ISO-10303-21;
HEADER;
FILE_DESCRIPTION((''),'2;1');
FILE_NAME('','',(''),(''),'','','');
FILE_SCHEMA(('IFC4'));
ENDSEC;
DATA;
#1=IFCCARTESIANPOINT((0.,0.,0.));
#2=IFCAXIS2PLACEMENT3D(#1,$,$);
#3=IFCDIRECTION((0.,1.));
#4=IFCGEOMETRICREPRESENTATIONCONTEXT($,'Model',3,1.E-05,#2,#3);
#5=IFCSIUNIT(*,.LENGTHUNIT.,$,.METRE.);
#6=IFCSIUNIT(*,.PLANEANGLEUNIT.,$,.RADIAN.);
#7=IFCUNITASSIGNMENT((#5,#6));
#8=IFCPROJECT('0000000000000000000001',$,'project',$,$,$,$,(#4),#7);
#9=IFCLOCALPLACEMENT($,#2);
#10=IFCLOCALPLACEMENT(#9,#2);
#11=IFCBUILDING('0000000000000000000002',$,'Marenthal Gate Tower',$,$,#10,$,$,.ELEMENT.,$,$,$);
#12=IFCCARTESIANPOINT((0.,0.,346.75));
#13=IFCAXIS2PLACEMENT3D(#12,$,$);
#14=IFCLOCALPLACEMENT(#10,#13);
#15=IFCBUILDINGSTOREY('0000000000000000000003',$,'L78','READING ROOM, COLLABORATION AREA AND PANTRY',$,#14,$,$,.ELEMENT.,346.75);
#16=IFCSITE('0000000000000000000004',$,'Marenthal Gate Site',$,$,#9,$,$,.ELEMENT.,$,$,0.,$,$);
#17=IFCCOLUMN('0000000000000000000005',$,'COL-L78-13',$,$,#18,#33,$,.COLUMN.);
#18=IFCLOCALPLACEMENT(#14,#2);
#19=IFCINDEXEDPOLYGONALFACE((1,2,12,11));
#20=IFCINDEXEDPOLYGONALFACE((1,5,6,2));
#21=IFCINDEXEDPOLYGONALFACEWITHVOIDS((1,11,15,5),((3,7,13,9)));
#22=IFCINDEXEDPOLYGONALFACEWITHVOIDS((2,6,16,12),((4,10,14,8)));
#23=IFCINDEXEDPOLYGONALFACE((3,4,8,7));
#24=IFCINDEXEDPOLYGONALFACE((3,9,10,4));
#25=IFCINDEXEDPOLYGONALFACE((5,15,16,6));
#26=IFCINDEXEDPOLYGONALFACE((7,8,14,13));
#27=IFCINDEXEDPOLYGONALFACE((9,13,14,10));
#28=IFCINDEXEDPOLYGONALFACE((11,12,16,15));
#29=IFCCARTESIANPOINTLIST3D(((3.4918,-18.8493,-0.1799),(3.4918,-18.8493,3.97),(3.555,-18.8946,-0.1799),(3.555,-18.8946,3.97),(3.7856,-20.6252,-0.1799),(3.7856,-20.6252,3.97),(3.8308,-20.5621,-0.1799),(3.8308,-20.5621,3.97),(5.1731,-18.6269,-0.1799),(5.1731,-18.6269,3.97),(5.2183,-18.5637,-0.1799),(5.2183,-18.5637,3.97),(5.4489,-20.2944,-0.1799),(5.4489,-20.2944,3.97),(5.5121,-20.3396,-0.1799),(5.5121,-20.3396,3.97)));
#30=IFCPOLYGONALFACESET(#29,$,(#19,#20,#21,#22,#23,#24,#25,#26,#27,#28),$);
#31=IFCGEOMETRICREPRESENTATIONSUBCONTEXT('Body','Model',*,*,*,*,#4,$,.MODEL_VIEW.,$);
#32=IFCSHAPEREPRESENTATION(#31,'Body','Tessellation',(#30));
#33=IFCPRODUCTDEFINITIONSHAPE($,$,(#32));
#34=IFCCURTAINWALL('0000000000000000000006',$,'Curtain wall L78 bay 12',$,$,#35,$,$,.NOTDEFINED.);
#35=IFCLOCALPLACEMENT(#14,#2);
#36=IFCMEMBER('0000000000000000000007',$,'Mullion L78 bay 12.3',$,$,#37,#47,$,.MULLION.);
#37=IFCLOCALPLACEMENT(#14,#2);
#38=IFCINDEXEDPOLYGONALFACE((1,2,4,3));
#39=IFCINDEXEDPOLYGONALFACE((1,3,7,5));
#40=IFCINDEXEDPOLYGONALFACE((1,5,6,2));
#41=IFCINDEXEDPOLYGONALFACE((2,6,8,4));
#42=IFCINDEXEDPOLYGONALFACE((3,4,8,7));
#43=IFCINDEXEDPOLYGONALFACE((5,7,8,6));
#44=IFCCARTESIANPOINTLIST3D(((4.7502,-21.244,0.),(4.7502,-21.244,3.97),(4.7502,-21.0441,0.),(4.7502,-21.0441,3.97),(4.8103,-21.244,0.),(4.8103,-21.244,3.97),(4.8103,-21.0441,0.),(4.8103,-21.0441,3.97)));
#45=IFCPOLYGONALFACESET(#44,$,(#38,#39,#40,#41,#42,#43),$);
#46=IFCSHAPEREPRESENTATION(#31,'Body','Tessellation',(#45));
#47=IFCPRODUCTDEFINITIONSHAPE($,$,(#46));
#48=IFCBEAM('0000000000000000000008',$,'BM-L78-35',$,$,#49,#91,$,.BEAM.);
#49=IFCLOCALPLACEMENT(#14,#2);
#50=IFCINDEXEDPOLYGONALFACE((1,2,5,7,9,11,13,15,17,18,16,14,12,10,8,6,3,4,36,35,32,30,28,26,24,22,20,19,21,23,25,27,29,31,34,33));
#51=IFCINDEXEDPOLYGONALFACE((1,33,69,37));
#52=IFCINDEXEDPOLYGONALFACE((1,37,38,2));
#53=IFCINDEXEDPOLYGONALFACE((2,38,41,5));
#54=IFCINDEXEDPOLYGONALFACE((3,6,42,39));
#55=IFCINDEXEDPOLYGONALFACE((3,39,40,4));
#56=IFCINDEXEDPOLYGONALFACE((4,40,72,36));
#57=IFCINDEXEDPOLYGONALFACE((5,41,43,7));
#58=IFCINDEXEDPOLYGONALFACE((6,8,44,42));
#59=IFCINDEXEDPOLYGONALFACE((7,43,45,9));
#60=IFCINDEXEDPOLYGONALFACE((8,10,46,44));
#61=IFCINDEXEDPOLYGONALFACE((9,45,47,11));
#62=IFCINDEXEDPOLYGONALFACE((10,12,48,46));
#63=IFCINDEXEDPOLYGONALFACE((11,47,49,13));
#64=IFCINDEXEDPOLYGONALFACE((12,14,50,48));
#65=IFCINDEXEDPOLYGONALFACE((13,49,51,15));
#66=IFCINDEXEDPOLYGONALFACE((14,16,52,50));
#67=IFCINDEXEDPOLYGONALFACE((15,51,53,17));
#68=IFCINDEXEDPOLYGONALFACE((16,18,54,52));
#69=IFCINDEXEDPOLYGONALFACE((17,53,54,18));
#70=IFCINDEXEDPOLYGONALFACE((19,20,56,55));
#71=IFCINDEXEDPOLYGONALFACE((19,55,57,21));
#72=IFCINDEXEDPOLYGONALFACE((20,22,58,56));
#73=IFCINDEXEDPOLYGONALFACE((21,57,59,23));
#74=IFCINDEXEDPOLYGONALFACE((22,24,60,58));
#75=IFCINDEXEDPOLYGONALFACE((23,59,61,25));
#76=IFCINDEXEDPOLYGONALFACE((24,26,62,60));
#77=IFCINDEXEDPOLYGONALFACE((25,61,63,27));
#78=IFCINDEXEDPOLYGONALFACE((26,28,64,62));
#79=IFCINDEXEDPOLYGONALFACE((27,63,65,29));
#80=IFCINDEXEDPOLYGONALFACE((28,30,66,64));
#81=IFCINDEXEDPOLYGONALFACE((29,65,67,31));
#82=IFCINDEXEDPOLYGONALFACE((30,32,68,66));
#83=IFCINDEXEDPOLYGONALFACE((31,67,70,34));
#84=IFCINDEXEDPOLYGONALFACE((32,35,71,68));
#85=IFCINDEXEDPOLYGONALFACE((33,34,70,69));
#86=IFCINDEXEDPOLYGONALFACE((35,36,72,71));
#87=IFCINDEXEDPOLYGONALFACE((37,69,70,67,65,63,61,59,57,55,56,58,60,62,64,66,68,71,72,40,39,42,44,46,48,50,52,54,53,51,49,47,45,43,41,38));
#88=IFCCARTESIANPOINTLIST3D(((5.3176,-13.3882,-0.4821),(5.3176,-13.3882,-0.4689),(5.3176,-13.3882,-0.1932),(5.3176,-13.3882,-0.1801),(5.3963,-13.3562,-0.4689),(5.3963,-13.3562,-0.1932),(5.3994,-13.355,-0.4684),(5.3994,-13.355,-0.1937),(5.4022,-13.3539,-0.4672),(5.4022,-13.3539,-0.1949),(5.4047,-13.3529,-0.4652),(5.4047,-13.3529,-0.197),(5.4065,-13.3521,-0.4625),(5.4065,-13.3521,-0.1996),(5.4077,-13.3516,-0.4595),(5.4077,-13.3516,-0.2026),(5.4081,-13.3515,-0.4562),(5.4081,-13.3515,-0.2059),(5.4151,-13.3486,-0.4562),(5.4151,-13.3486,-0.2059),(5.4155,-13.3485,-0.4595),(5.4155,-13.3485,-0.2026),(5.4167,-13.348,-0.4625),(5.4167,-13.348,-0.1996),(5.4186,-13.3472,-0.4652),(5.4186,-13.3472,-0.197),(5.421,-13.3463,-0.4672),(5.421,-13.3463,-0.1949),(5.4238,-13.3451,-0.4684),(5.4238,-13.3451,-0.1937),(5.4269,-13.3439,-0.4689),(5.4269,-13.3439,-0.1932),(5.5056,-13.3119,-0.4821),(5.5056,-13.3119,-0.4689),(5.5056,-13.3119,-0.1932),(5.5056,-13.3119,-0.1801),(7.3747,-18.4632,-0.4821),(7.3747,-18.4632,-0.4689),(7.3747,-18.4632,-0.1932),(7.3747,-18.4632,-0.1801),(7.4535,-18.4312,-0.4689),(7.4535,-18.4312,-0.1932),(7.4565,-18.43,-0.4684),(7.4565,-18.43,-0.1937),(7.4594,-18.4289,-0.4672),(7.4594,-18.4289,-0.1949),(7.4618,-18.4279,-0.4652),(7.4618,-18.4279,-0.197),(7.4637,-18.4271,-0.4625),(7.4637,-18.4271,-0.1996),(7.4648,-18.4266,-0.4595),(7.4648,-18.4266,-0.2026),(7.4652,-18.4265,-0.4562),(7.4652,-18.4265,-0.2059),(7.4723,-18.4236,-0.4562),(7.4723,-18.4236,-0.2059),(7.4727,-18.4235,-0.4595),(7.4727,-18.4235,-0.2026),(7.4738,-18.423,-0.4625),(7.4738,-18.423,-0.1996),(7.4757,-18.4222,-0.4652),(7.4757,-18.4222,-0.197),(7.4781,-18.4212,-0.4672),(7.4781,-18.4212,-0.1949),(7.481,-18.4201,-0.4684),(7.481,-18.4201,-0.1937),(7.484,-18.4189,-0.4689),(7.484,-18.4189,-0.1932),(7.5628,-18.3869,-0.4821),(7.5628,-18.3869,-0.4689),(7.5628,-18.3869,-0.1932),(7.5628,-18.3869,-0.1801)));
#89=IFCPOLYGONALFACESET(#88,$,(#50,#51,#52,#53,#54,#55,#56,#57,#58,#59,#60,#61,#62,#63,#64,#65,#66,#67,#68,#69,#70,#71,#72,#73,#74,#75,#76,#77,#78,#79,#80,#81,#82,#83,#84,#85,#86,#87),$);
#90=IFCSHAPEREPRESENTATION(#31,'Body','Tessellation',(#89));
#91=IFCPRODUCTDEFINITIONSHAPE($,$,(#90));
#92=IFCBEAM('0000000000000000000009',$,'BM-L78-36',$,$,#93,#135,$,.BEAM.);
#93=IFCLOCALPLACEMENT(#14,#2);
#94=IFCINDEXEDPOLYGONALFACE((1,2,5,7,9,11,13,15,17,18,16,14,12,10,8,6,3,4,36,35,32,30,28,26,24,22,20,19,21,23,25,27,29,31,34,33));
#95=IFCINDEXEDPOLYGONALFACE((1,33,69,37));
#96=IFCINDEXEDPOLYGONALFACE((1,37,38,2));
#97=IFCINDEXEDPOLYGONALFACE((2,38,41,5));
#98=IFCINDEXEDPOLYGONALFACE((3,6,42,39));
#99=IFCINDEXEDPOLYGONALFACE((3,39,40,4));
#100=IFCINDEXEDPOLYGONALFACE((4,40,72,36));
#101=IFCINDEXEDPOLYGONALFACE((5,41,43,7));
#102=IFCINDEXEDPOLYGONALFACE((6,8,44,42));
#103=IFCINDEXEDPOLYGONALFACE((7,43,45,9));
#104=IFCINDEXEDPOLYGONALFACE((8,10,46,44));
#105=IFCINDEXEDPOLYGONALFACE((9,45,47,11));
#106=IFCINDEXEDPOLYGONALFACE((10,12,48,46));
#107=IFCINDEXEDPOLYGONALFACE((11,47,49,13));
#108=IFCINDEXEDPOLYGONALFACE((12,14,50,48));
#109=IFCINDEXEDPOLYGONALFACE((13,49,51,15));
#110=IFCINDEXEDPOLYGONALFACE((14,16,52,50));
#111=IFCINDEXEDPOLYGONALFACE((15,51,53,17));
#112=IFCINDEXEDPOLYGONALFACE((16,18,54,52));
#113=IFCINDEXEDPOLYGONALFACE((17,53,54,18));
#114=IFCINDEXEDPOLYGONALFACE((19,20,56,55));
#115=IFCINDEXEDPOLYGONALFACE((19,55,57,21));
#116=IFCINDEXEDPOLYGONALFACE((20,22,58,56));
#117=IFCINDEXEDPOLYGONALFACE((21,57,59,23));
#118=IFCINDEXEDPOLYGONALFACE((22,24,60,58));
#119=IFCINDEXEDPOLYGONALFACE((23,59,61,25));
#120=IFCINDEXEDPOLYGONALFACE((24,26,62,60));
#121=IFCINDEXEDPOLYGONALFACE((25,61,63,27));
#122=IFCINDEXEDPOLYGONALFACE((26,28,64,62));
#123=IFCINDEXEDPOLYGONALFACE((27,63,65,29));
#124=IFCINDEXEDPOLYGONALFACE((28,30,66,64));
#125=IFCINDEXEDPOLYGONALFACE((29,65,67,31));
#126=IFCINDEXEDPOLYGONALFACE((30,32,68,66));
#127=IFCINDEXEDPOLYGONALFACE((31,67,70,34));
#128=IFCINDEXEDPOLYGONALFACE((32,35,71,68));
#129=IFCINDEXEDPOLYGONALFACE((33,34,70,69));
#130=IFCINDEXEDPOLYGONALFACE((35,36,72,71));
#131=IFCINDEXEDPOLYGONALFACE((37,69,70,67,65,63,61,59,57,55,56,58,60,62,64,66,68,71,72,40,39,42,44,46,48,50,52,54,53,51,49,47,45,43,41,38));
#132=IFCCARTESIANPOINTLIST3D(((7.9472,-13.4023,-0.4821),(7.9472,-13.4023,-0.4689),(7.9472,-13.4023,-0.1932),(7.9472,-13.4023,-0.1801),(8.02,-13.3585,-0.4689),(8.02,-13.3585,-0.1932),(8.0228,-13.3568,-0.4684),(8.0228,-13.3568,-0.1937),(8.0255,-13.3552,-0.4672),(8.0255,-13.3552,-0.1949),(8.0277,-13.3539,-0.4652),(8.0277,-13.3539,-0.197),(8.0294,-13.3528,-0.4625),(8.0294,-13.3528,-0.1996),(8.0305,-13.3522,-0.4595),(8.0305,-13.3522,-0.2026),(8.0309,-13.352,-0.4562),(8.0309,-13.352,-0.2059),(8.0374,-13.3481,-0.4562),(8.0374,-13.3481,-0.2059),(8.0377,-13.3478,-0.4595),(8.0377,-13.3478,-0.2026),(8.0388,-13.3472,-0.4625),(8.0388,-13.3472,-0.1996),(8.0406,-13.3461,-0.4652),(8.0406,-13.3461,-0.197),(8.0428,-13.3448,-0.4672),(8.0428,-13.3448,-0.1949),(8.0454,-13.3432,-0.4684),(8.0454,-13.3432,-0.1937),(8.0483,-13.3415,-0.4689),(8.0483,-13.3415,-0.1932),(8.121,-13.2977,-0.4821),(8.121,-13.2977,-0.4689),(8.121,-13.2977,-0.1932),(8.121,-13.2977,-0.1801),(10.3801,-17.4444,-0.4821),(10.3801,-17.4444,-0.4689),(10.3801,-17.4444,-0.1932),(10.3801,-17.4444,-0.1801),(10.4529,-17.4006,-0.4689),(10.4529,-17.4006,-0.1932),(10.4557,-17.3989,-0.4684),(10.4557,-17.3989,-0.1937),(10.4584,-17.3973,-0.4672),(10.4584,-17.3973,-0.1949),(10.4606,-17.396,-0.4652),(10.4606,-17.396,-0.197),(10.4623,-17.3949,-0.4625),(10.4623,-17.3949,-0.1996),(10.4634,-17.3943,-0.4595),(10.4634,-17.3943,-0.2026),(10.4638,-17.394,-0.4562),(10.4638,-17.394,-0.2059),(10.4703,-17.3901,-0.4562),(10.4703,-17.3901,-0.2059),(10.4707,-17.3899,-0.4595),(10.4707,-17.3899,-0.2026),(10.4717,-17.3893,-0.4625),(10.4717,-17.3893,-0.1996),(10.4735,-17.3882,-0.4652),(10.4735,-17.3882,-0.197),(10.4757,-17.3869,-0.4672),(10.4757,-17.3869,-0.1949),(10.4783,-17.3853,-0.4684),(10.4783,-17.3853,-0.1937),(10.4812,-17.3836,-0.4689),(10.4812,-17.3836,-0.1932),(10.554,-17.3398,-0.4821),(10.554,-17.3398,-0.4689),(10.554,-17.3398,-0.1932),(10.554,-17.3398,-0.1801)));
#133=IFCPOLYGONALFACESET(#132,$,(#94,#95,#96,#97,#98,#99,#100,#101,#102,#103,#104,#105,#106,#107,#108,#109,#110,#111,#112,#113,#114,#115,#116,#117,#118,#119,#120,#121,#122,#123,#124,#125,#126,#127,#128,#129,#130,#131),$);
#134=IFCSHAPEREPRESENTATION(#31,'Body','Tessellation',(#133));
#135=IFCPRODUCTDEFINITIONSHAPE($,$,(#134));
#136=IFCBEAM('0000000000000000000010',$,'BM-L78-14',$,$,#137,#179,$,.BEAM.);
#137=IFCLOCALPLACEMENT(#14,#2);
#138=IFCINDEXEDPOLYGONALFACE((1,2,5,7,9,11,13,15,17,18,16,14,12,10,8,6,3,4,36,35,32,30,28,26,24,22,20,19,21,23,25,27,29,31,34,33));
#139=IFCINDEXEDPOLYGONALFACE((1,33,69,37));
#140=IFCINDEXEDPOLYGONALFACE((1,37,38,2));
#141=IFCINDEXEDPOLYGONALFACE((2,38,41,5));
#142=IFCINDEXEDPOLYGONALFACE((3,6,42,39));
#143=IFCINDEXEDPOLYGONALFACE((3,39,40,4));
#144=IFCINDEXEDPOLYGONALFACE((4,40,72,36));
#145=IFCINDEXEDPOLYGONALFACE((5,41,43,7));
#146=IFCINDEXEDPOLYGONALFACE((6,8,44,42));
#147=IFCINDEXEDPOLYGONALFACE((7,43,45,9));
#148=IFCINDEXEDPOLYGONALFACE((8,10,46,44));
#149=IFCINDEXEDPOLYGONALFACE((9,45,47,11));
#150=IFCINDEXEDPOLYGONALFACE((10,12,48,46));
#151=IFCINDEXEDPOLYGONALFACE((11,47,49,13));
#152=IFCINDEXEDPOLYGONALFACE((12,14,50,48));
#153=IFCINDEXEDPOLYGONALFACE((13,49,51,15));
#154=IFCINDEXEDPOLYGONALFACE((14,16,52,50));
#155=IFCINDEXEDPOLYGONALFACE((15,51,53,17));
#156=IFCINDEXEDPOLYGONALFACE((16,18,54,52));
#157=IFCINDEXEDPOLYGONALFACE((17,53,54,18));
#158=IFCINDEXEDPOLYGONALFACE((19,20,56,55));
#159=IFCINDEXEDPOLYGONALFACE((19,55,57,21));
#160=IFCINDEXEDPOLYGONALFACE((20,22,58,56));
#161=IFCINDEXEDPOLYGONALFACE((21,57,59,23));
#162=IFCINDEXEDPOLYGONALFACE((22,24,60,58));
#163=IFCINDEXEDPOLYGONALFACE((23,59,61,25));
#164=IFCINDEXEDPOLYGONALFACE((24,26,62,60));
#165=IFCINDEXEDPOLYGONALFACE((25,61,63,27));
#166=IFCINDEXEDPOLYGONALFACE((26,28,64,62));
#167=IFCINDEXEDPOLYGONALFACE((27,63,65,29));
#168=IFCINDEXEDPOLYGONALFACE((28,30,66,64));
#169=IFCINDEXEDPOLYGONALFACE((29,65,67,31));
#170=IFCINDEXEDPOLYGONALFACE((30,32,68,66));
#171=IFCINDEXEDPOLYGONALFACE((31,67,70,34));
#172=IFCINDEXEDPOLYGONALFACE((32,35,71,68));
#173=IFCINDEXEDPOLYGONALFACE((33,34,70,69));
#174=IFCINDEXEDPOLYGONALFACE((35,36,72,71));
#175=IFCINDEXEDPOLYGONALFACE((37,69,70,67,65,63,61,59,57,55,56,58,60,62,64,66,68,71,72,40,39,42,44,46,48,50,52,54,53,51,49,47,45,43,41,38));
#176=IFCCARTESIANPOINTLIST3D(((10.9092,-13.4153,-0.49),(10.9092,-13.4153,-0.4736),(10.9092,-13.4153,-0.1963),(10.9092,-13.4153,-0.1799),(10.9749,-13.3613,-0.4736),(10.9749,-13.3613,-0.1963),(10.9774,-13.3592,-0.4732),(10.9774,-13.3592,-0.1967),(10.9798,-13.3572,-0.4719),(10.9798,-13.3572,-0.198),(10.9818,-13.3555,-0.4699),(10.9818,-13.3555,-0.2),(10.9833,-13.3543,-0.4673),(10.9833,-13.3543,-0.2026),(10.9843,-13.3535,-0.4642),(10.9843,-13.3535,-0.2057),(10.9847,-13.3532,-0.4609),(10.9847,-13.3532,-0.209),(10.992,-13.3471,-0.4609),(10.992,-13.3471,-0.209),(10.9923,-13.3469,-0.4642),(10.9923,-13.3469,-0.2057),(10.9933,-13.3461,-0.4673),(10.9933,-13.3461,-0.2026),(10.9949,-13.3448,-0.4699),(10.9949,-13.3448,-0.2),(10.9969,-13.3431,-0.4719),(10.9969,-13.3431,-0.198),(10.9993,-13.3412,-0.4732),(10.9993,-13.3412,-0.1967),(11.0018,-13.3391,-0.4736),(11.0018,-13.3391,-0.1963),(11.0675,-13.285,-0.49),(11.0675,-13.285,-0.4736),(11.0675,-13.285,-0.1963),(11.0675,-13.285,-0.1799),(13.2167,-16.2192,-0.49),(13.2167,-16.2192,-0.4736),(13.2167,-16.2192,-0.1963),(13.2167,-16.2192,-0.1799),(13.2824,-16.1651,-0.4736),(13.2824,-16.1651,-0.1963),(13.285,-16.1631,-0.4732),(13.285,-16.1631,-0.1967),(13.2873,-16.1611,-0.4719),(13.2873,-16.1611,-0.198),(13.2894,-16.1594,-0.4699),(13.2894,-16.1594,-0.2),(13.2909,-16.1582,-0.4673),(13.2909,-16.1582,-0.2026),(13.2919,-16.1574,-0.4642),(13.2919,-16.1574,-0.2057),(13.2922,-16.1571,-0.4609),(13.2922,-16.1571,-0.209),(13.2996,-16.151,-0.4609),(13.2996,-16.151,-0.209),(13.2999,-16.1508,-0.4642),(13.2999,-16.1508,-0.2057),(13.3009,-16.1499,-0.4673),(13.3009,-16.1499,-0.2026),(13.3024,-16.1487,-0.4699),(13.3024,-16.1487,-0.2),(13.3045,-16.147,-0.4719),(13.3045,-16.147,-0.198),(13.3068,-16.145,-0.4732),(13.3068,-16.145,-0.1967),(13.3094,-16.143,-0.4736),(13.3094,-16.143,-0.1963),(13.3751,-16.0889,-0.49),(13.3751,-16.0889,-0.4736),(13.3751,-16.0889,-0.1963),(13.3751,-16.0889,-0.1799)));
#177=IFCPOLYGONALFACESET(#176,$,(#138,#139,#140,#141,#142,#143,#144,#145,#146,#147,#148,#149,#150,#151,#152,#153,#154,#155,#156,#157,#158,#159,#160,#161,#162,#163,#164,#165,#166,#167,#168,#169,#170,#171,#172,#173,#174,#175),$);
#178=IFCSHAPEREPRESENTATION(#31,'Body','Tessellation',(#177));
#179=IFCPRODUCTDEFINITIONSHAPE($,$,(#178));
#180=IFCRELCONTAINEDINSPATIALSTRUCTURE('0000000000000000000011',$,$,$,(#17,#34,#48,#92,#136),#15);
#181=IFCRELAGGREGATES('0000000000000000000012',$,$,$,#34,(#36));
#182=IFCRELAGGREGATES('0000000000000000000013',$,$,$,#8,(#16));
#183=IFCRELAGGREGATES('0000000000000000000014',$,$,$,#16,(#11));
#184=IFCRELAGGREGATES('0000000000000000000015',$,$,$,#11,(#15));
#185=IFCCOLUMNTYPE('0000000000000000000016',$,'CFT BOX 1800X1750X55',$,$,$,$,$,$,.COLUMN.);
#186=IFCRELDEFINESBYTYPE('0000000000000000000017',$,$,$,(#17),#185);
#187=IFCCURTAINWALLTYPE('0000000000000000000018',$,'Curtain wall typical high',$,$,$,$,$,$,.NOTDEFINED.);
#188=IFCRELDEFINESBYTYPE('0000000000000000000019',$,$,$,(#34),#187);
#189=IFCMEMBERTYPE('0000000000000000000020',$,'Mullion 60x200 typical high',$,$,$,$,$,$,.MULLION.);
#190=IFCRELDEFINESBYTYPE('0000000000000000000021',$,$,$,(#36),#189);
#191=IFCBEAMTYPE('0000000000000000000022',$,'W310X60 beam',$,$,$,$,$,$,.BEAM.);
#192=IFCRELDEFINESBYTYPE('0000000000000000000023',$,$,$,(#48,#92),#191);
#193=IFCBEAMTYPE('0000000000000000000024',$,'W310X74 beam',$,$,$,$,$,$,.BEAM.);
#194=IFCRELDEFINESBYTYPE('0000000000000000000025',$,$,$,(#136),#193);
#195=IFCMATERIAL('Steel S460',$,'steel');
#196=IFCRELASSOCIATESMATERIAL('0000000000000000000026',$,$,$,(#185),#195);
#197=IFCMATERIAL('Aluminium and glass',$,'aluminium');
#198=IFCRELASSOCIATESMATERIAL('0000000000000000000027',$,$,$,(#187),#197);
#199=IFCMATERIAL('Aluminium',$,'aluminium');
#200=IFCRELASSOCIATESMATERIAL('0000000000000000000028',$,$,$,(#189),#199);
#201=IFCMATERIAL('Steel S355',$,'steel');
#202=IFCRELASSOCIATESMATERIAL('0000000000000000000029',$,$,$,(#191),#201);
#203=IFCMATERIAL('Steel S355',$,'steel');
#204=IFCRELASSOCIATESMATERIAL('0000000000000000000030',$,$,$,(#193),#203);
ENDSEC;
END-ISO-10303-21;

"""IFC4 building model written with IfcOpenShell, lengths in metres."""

from ifc_helpers import new_model, si_unit, direction, frame, origin, origin_2d, place, context, subcontext, project, spatial, rectangle, hollow_rectangle, i_section, extrude, material, material_profile, profile_set, type_object, element, aggregate, save


model = new_model("IFC4")

# Units and contexts
model_context = context("Model", 3, precision=1e-05, world=origin(), true_north=direction((0.0, 1.0)))
body_context = subcontext(model_context, "Body", "Model", "MODEL_VIEW")
ifc_project = project(units=[si_unit("LENGTHUNIT", "METRE"), si_unit("PLANEANGLEUNIT", "RADIAN")], contexts=[model_context])

# Site, building, storey
site_placement = place(None, origin())
site = spatial("IfcSite", under=ifc_project, at=site_placement, Name="Marenthal Gate Site", CompositionType="ELEMENT", RefElevation=0.0)
building_placement = place(site_placement, origin())
building = spatial("IfcBuilding", under=site, at=building_placement, Name="Marenthal Gate Tower", CompositionType="ELEMENT")
storey_placement = place(building_placement, frame((0.0, 0.0, 346.75)))
storey = spatial("IfcBuildingStorey", under=building, at=storey_placement, Name="L78", Description="READING ROOM, COLLABORATION AREA AND PANTRY", CompositionType="ELEMENT", Elevation=346.75)

# Column
ifc_material_1 = material(Name="Steel S460", Category="steel")
ifc_material_profile_1 = material_profile(ifc_material_1, hollow_rectangle(XDim=1.75, YDim=1.8, WallThickness=0.0549, at=origin_2d()), Name="CFT BOX 1800X1750X55")
ifc_material_2 = material(Name="Concrete 70 MPa", Category="concrete")
ifc_material_profile_2 = material_profile(ifc_material_2, rectangle(XDim=1.6399, YDim=1.6899, at=origin_2d()), Name="CFT BOX 1800X1750X55 INFILL")
ifc_profile_set_1 = profile_set([ifc_material_profile_1, ifc_material_profile_2], Name="Steel S460 shell, Concrete 70 MPa infill")
column_type = type_object("IfcColumnType", Name="CFT BOX 1800X1750X55", PredefinedType="COLUMN", material=ifc_profile_set_1)
column_placement = place(storey_placement, frame((4.502, -19.5945, -0.1799), z_axis=(0.0, 0.0, 1.0), x_axis=(-0.986593, -0.1632, 0.0)))
element("IfcColumn", 1, at=column_placement, inside=storey, type_object=column_type, Name="COL-L78-13", PredefinedType="COLUMN", context=body_context, shape_type="SweptSolid", body=[
    extrude(hollow_rectangle(XDim=1.75, YDim=1.8, WallThickness=0.0549, at=origin_2d()), origin(), (0.0, 0.0, 1.0), 4.1499),
])

# Curtain wall, member
ifc_material_3 = material(Name="Aluminium and glass", Category="aluminium")
curtain_wall_type = type_object("IfcCurtainWallType", Name="Curtain wall typical high", PredefinedType="NOTDEFINED", material=ifc_material_3)
curtain_wall_placement = place(storey_placement, origin())
curtain_wall = element("IfcCurtainWall", 2, at=curtain_wall_placement, inside=storey, type_object=curtain_wall_type, Name="Curtain wall L78 bay 12", PredefinedType="NOTDEFINED")
ifc_material_4 = material(Name="Aluminium", Category="aluminium")
ifc_material_profile_3 = material_profile(ifc_material_4, rectangle(XDim=0.2, YDim=0.0601, at=origin_2d()), Name="60x200 aluminium mullion")
ifc_profile_set_2 = profile_set([ifc_material_profile_3], Name="Aluminium")
member_type = type_object("IfcMemberType", Name="Mullion 60x200 typical high", PredefinedType="MULLION", material=ifc_profile_set_2)
member_placement = place(storey_placement, frame((4.7803, -21.144, 0.0), z_axis=(0.0, 0.0, 1.0), x_axis=(0.0, 1.0, 0.0)))
member = element("IfcMember", 3, at=member_placement, type_object=member_type, Name="Mullion L78 bay 12.3", PredefinedType="MULLION", context=body_context, shape_type="SweptSolid", body=[
    extrude(rectangle(XDim=0.2, YDim=0.0601, at=origin_2d()), origin(), (0.0, 0.0, 1.0), 3.97),
])

# Beams
ifc_material_5 = material(Name="Steel S355", Category="steel")
ifc_material_profile_4 = material_profile(ifc_material_5, i_section(OverallWidth=0.2029, OverallDepth=0.302, WebThickness=0.0076, FlangeThickness=0.0132, FilletRadius=0.0127, at=origin_2d()), Name="W310X60")
ifc_profile_set_3 = profile_set([ifc_material_profile_4], Name="Steel S355")
beam_type_1 = type_object("IfcBeamType", Name="W310X60 beam", PredefinedType="BEAM", material=ifc_profile_set_3)
beam_1_placement = place(storey_placement, frame((7.4688, -18.425, -0.3311), z_axis=(-0.375661, 0.926757, 0.0), x_axis=(-0.926757, -0.375661, 0.0)))
element("IfcBeam", 4, at=beam_1_placement, inside=storey, type_object=beam_type_1, Name="BM-L78-35", PredefinedType="BEAM", context=body_context, shape_type="SweptSolid", body=[
    extrude(i_section(OverallWidth=0.2029, OverallDepth=0.302, WebThickness=0.0076, FlangeThickness=0.0132, FilletRadius=0.0127, at=origin_2d()), origin(), (0.0, 0.0, 1.0), 5.4761),
])
beam_2_placement = place(storey_placement, frame((10.467, -17.3921, -0.3311), z_axis=(-0.51569, 0.856775, 0.0), x_axis=(-0.856775, -0.51569, 0.0)))
element("IfcBeam", 5, at=beam_2_placement, inside=storey, type_object=beam_type_1, Name="BM-L78-36", PredefinedType="BEAM", context=body_context, shape_type="SweptSolid", body=[
    extrude(i_section(OverallWidth=0.2029, OverallDepth=0.302, WebThickness=0.0076, FlangeThickness=0.0132, FilletRadius=0.0127, at=origin_2d()), origin(), (0.0, 0.0, 1.0), 4.7178),
])
ifc_material_6 = material(Name="Steel S355", Category="steel")
ifc_material_profile_5 = material_profile(ifc_material_6, i_section(OverallWidth=0.2051, OverallDepth=0.3101, WebThickness=0.0095, FlangeThickness=0.0164, FilletRadius=0.0127, at=origin_2d()), Name="W310X74")
ifc_profile_set_4 = profile_set([ifc_material_profile_5], Name="Steel S355")
beam_type_2 = type_object("IfcBeamType", Name="W310X74 beam", PredefinedType="BEAM", material=ifc_profile_set_4)
beam_3_placement = place(storey_placement, frame((13.2959, -16.1541, -0.335), z_axis=(-0.635457, 0.772136, 0.0), x_axis=(-0.772136, -0.635457, 0.0)))
element("IfcBeam", 6, at=beam_3_placement, inside=storey, type_object=beam_type_2, Name="BM-L78-14", PredefinedType="BEAM", context=body_context, shape_type="SweptSolid", body=[
    extrude(i_section(OverallWidth=0.2051, OverallDepth=0.3101, WebThickness=0.0095, FlangeThickness=0.0164, FilletRadius=0.0127, at=origin_2d()), origin(), (0.0, 0.0, 1.0), 3.6313),
])

aggregate(curtain_wall, [member])

save(model, "model.ifc")
